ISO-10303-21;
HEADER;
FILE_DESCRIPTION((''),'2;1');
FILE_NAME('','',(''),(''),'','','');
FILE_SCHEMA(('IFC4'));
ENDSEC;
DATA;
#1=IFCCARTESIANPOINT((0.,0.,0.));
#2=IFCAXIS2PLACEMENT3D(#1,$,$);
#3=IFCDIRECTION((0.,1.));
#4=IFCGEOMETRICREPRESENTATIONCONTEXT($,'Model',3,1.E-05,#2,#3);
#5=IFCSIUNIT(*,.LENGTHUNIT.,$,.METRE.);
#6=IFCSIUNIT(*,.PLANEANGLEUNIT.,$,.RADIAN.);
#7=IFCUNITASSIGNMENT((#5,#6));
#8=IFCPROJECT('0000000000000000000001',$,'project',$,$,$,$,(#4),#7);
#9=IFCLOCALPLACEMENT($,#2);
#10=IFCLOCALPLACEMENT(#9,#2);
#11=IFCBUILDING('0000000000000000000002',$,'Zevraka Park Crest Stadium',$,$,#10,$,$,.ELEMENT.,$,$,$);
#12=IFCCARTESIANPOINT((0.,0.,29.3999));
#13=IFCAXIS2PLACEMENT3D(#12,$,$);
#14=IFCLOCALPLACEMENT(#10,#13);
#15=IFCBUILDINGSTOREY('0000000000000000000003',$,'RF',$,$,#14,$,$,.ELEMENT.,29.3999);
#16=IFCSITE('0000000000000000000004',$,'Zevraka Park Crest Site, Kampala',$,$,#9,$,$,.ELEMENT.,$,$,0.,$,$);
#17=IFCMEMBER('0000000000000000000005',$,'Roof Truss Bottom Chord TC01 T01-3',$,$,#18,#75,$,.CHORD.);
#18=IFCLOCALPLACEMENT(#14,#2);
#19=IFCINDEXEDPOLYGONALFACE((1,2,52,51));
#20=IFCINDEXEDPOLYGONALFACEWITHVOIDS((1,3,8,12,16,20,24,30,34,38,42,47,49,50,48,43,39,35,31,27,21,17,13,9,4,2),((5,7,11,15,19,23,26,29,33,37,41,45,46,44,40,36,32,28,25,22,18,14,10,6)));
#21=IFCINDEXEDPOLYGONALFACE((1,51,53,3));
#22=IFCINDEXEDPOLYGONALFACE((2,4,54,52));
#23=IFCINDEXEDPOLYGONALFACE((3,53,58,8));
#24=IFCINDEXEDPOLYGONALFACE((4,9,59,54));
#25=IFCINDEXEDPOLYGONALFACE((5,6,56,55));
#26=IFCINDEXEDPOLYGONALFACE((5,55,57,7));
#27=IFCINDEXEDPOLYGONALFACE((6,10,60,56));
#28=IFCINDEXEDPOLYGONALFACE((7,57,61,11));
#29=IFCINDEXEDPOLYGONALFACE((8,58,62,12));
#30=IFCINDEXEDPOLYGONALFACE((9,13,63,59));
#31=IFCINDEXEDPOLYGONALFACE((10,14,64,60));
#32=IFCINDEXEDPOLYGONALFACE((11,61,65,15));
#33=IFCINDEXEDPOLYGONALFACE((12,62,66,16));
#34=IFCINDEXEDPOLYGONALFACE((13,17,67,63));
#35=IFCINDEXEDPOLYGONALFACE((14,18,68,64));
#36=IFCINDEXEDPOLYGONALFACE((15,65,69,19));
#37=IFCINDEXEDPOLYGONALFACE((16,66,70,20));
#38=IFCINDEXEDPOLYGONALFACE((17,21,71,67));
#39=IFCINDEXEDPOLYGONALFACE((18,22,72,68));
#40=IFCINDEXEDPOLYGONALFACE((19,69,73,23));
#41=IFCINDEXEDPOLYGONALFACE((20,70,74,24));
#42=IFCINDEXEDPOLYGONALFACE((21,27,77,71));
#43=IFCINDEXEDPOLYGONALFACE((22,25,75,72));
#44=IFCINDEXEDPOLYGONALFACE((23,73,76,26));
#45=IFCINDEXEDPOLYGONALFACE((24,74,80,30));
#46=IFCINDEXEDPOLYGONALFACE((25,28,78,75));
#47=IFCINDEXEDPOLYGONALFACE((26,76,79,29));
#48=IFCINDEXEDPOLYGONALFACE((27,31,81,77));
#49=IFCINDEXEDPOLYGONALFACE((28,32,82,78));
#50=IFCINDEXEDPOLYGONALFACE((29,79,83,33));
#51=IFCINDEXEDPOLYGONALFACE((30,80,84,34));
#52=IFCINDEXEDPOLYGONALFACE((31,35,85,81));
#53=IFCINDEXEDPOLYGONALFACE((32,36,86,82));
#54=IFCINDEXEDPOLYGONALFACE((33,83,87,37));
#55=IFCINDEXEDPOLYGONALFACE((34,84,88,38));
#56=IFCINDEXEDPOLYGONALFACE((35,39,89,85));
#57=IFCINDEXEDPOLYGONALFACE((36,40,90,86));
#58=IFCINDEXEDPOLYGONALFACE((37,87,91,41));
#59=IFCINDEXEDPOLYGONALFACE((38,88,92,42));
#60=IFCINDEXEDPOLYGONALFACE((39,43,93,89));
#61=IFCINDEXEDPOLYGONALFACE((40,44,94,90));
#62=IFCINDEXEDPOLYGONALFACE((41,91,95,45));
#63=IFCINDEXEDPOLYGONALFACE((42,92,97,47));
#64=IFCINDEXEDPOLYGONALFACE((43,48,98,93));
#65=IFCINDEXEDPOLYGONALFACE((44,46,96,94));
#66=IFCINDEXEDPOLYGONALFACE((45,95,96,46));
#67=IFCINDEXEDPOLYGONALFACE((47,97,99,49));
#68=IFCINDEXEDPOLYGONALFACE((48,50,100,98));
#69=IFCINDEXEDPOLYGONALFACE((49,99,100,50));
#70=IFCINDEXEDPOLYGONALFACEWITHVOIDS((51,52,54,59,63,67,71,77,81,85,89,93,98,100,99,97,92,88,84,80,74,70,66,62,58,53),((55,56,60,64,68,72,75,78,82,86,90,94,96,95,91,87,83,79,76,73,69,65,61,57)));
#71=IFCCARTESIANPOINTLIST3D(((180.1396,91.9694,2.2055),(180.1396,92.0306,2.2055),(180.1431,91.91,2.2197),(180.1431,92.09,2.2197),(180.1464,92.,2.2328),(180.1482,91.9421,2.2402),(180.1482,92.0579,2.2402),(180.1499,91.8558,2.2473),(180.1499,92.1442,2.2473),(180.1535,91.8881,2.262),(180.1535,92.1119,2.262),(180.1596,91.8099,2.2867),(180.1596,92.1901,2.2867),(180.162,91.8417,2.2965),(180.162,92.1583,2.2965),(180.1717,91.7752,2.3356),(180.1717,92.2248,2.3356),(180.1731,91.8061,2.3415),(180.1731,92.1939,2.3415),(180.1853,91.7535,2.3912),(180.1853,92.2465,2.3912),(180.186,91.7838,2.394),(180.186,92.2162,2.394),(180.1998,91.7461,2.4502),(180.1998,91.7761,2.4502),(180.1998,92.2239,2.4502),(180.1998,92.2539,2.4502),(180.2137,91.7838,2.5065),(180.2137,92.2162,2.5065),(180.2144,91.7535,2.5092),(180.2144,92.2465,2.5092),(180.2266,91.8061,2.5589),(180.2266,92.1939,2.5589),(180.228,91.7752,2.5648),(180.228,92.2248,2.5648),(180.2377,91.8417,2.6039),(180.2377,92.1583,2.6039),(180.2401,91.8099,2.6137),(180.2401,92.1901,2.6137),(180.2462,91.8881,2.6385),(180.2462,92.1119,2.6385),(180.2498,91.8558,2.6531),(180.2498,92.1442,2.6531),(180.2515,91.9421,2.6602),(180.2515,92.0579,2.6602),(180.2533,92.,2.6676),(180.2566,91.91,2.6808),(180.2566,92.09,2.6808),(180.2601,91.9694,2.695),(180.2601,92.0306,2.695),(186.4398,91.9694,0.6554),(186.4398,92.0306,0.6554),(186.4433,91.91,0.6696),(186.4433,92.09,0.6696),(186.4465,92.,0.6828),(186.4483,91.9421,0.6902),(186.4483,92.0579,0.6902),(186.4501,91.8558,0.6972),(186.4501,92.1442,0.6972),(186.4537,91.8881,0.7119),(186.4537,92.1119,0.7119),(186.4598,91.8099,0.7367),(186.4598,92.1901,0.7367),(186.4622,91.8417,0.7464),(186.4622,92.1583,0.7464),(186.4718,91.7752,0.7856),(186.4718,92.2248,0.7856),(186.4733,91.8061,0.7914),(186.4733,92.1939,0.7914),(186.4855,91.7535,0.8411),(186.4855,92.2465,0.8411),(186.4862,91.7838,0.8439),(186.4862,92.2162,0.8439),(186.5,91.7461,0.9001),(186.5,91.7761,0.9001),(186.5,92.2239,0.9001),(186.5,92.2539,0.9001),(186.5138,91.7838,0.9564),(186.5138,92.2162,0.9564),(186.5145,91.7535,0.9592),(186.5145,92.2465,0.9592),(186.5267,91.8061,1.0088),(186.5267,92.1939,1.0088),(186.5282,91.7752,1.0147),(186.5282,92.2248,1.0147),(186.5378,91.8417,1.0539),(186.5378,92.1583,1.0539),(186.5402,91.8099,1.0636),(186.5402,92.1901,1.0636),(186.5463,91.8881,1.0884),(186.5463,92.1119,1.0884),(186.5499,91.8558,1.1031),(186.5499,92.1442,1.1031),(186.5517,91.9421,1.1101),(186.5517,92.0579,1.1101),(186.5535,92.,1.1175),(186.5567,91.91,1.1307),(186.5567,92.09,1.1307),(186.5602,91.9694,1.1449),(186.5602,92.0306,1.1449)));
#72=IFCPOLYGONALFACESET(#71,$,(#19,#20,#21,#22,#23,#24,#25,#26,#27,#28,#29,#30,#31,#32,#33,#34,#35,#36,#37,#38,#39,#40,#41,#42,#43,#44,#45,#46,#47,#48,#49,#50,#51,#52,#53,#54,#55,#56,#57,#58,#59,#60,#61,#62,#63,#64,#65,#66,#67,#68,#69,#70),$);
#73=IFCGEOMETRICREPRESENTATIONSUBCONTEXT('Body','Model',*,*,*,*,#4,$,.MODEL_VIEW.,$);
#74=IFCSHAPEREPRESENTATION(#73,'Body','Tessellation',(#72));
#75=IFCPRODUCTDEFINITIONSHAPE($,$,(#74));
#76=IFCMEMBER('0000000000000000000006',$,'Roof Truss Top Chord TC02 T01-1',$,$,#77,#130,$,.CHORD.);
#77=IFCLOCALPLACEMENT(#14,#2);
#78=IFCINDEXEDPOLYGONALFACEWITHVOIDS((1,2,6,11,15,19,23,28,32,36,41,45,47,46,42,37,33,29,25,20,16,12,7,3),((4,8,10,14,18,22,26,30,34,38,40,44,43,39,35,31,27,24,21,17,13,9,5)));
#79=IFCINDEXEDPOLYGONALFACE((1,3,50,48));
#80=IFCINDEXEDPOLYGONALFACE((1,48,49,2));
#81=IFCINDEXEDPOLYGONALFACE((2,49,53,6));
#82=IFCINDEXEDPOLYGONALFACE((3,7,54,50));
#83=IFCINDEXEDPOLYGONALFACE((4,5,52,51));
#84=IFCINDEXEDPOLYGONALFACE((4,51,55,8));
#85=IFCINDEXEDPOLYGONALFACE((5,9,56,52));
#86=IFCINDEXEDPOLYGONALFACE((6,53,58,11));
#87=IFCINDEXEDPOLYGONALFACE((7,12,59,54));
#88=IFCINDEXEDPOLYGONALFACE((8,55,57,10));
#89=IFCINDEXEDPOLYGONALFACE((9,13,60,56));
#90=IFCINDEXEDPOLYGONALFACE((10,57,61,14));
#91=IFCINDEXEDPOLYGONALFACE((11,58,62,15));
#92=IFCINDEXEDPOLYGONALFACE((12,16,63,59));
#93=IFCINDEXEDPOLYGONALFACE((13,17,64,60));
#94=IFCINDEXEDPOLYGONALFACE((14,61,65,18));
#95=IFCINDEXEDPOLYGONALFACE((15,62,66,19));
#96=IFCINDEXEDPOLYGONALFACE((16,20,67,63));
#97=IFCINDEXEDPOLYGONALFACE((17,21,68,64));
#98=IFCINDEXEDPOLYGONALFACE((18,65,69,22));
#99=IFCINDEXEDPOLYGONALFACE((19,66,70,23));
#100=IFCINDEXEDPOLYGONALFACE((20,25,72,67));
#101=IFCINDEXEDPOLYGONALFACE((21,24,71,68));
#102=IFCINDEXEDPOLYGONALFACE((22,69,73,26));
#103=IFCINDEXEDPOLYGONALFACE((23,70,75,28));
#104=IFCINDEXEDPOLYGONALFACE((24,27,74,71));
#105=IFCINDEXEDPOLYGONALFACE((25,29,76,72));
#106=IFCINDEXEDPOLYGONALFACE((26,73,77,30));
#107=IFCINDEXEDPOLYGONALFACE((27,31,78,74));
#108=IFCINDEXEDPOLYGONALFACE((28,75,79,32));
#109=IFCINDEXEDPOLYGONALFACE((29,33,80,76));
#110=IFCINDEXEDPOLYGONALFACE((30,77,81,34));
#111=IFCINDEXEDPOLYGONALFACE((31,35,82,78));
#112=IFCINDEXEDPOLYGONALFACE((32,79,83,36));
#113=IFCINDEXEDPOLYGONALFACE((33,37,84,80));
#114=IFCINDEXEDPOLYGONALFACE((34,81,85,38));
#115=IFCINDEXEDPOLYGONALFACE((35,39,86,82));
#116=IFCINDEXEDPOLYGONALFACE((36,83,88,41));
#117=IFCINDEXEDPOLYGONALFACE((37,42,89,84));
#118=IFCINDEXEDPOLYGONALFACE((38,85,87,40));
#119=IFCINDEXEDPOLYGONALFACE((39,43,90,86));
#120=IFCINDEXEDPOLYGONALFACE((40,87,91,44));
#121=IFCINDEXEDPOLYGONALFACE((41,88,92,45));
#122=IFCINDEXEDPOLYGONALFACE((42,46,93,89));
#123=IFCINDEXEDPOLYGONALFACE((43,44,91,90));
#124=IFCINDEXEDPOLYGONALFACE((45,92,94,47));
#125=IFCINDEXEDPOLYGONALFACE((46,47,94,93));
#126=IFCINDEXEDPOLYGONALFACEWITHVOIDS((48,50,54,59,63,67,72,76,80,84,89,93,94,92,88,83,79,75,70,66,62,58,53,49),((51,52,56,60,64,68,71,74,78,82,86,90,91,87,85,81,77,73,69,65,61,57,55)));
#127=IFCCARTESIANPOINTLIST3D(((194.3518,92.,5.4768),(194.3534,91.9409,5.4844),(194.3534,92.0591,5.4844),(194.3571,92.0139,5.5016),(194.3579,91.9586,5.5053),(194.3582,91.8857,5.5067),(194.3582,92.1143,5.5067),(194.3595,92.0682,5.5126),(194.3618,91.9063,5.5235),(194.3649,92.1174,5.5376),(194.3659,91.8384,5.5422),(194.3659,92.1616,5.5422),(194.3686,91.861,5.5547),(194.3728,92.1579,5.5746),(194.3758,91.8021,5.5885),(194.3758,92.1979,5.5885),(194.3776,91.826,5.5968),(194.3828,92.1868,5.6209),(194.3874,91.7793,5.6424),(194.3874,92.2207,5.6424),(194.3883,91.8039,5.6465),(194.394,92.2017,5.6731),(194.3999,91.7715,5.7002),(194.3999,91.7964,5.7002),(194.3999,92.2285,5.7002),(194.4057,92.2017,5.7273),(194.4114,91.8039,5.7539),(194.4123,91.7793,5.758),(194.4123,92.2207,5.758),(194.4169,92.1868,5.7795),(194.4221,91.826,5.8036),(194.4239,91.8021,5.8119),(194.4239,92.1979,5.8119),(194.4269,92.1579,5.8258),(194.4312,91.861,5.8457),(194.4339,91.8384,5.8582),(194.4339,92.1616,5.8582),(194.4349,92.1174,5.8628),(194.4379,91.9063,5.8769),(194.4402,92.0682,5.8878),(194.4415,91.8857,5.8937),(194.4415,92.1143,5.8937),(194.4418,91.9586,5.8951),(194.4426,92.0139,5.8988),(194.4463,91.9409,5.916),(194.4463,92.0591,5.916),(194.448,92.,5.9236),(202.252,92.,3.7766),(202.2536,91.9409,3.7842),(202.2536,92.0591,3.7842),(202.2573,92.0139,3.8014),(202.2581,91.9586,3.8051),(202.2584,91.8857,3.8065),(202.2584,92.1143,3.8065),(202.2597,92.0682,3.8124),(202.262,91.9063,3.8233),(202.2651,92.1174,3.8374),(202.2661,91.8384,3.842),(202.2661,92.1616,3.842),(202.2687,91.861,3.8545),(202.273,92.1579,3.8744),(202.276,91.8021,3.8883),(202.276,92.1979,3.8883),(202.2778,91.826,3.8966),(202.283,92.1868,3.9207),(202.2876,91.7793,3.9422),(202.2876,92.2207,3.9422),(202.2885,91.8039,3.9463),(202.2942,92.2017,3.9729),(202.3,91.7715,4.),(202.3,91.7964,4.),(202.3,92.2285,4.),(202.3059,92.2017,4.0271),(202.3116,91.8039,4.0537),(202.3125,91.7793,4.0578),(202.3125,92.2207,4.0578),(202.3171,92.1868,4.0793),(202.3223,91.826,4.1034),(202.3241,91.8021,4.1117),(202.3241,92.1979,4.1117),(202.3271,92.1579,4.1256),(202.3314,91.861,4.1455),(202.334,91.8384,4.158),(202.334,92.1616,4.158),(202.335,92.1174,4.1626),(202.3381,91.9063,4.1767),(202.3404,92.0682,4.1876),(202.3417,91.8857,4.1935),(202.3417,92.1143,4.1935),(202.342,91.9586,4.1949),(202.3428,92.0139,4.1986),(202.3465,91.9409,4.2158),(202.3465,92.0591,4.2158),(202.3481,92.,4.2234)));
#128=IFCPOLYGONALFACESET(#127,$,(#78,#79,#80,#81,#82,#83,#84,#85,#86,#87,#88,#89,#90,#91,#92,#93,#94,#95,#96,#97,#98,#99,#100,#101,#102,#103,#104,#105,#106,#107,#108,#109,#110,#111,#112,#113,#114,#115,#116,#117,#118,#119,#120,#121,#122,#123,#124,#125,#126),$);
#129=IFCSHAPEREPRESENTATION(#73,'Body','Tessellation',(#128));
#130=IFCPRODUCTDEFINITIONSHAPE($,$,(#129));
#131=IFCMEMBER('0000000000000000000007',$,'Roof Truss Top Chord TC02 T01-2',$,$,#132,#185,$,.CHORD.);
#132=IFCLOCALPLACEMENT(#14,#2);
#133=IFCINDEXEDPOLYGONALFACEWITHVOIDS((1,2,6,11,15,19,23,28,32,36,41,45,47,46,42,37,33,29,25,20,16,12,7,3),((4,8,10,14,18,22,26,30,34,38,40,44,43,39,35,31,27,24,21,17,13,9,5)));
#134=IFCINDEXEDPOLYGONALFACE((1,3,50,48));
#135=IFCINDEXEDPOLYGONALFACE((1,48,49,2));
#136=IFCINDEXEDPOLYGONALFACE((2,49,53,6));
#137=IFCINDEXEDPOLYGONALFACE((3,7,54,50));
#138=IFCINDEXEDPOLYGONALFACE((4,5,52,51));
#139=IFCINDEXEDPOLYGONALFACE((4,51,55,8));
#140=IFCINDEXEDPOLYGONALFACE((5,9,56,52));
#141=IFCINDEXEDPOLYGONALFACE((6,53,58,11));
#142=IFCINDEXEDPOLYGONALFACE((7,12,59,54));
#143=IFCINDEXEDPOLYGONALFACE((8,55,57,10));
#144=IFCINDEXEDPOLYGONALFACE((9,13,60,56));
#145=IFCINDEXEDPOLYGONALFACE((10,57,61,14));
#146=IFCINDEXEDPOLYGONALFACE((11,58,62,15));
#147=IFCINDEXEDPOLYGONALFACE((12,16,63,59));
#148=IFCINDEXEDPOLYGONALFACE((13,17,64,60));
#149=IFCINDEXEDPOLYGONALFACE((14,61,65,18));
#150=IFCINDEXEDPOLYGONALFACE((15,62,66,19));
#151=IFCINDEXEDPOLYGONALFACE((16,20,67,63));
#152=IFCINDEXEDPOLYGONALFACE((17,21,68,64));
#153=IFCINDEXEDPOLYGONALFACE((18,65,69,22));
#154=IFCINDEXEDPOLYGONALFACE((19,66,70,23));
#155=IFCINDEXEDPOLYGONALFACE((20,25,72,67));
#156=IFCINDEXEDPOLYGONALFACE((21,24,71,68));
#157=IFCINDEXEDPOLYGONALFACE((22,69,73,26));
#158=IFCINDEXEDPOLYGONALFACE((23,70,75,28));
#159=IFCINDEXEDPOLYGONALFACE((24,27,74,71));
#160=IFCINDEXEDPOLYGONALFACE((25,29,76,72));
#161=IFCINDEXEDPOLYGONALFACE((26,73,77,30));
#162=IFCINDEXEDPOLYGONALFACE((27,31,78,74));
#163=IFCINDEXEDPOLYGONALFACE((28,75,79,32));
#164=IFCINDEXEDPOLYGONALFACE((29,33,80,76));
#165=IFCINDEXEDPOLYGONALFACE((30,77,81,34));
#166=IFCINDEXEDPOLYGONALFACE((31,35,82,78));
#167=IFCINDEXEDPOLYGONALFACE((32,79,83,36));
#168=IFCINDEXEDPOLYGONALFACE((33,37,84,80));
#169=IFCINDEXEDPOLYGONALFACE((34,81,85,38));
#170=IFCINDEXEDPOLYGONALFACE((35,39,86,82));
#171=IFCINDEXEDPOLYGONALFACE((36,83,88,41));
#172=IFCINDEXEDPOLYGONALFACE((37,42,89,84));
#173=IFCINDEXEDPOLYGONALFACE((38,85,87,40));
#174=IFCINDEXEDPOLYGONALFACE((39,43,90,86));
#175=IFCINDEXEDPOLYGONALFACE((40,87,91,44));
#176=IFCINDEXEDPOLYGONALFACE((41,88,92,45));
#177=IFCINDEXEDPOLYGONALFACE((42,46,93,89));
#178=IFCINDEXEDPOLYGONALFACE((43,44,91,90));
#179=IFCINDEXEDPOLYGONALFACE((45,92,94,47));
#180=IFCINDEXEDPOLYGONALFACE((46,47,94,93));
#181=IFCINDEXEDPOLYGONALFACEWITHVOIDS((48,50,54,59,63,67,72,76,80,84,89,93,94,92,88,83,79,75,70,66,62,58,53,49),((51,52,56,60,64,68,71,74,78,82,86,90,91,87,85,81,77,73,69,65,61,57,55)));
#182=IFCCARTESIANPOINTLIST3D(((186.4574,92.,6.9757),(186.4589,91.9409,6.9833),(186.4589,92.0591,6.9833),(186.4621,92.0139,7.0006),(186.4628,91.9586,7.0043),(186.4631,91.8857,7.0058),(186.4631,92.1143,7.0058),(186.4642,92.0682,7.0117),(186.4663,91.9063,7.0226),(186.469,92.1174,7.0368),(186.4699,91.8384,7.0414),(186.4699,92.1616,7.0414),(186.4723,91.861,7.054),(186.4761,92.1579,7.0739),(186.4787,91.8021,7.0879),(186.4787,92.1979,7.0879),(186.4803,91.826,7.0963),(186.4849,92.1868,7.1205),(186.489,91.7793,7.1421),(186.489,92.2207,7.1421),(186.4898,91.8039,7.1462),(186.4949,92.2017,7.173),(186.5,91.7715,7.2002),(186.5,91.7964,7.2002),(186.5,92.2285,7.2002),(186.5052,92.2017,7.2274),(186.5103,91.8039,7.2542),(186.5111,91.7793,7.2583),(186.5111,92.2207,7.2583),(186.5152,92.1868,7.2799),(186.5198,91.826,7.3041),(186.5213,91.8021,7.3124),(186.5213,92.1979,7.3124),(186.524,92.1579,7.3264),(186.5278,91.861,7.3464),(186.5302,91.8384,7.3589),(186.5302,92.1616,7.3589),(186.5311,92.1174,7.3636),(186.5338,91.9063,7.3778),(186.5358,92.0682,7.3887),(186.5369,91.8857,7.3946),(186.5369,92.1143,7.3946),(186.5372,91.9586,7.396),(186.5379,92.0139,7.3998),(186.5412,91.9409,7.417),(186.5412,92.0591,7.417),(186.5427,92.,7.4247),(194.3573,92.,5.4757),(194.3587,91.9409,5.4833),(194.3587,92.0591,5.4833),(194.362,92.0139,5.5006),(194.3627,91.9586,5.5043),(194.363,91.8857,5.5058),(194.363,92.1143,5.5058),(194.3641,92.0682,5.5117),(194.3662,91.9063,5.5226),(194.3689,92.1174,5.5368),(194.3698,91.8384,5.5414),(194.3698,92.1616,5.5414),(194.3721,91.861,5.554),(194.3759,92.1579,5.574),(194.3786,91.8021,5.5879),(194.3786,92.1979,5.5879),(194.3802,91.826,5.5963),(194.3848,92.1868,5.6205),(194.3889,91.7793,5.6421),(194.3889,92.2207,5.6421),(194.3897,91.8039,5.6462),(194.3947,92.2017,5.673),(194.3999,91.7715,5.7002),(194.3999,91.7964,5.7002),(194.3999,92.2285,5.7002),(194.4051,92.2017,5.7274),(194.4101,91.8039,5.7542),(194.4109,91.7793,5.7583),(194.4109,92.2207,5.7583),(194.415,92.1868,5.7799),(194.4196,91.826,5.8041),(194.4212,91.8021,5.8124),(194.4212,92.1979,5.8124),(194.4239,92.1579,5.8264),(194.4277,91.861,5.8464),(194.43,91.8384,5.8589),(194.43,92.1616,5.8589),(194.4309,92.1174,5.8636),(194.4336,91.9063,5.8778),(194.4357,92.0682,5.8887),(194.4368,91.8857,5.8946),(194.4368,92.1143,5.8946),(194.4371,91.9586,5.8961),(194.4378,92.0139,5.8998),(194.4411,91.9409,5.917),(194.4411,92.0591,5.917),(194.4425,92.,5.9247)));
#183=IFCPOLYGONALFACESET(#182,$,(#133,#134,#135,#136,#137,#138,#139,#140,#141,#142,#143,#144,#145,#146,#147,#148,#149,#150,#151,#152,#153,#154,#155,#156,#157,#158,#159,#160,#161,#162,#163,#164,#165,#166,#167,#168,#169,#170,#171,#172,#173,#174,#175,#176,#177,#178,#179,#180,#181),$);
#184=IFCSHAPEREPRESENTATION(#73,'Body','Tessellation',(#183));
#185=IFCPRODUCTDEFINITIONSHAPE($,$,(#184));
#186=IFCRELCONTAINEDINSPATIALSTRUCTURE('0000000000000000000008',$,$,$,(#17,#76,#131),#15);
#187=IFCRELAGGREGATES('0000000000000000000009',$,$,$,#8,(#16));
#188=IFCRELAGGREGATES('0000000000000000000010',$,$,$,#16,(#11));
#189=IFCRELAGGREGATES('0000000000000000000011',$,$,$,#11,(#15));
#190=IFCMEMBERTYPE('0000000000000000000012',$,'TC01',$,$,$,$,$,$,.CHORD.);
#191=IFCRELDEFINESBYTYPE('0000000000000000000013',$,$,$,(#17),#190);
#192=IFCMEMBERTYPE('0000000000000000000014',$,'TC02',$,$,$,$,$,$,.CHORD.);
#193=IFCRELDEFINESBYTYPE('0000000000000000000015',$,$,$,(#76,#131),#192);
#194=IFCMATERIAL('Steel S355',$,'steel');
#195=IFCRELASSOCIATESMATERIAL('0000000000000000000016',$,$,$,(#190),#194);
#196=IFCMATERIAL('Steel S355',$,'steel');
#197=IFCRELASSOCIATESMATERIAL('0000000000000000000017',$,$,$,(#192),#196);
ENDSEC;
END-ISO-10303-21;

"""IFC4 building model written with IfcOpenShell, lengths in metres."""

from ifc_helpers import new_model, si_unit, direction, frame, origin, origin_2d, place, context, subcontext, project, spatial, hollow_circle, extrude, material, material_profile, profile_set, type_object, element, save


model = new_model("IFC4")

# Units and contexts
model_context = context("Model", 3, precision=1e-05, world=origin(), true_north=direction((0.0, 1.0)))
body_context = subcontext(model_context, "Body", "Model", "MODEL_VIEW")
ifc_project = project(units=[si_unit("LENGTHUNIT", "METRE"), si_unit("PLANEANGLEUNIT", "RADIAN")], contexts=[model_context])

# Site, building, storey
site_placement = place(None, origin())
site = spatial("IfcSite", under=ifc_project, at=site_placement, Name="Zevraka Park Crest Site, Kampala", CompositionType="ELEMENT", RefElevation=0.0)
building_placement = place(site_placement, origin())
building = spatial("IfcBuilding", under=site, at=building_placement, Name="Zevraka Park Crest Stadium", CompositionType="ELEMENT")
storey_placement = place(building_placement, frame((0.0, 0.0, 29.3999)))
storey = spatial("IfcBuildingStorey", under=building, at=storey_placement, Name="RF", CompositionType="ELEMENT", Elevation=29.3999)

# Members
ifc_material_1 = material(Name="Steel S355", Category="steel")
ifc_material_profile_1 = material_profile(ifc_material_1, hollow_circle(Radius=0.2539, WallThickness=0.03, at=origin_2d()), Name="CHS 508.0x30")
ifc_profile_set_1 = profile_set([ifc_material_profile_1], Name="Steel S355")
member_type_1 = type_object("IfcMemberType", Name="TC01", PredefinedType="CHORD", material=ifc_profile_set_1)
member_1_placement = place(storey_placement, frame((186.5, 92.0, 0.9001), z_axis=(-0.971041, 0.0, 0.238913), x_axis=(0.0, -1.0, 0.0)))
element("IfcMember", 1, at=member_1_placement, inside=storey, type_object=member_type_1, Name="Roof Truss Bottom Chord TC01 T01-3", PredefinedType="CHORD", context=body_context, shape_type="SweptSolid", body=[
    extrude(hollow_circle(Radius=0.2539, WallThickness=0.03, at=origin_2d()), origin(), (0.0, 0.0, 1.0), 6.488),
])
ifc_material_2 = material(Name="Steel S355", Category="steel")
ifc_material_profile_2 = material_profile(ifc_material_2, hollow_circle(Radius=0.2285, WallThickness=0.0249, at=origin_2d()), Name="CHS 457.0x25")
ifc_profile_set_2 = profile_set([ifc_material_profile_2], Name="Steel S355")
member_type_2 = type_object("IfcMemberType", Name="TC02", PredefinedType="CHORD", material=ifc_profile_set_2)
member_2_placement = place(storey_placement, frame((202.3, 92.0, 4.0), z_axis=(-0.977617, 0.0, 0.210394), x_axis=(0.0, -1.0, 0.0)))
element("IfcMember", 2, at=member_2_placement, inside=storey, type_object=member_type_2, Name="Roof Truss Top Chord TC02 T01-1", PredefinedType="CHORD", context=body_context, shape_type="SweptSolid", body=[
    extrude(hollow_circle(Radius=0.2285, WallThickness=0.0249, at=origin_2d()), origin(), (0.0, 0.0, 1.0), 8.0811),
])
member_3_placement = place(storey_placement, frame((194.3999, 92.0, 5.7002), z_axis=(-0.982447, 0.0, 0.186543), x_axis=(0.0, -1.0, 0.0)))
element("IfcMember", 3, at=member_3_placement, inside=storey, type_object=member_type_2, Name="Roof Truss Top Chord TC02 T01-2", PredefinedType="CHORD", context=body_context, shape_type="SweptSolid", body=[
    extrude(hollow_circle(Radius=0.2285, WallThickness=0.0249, at=origin_2d()), origin(), (0.0, 0.0, 1.0), 8.041),
])

save(model, "model.ifc")
